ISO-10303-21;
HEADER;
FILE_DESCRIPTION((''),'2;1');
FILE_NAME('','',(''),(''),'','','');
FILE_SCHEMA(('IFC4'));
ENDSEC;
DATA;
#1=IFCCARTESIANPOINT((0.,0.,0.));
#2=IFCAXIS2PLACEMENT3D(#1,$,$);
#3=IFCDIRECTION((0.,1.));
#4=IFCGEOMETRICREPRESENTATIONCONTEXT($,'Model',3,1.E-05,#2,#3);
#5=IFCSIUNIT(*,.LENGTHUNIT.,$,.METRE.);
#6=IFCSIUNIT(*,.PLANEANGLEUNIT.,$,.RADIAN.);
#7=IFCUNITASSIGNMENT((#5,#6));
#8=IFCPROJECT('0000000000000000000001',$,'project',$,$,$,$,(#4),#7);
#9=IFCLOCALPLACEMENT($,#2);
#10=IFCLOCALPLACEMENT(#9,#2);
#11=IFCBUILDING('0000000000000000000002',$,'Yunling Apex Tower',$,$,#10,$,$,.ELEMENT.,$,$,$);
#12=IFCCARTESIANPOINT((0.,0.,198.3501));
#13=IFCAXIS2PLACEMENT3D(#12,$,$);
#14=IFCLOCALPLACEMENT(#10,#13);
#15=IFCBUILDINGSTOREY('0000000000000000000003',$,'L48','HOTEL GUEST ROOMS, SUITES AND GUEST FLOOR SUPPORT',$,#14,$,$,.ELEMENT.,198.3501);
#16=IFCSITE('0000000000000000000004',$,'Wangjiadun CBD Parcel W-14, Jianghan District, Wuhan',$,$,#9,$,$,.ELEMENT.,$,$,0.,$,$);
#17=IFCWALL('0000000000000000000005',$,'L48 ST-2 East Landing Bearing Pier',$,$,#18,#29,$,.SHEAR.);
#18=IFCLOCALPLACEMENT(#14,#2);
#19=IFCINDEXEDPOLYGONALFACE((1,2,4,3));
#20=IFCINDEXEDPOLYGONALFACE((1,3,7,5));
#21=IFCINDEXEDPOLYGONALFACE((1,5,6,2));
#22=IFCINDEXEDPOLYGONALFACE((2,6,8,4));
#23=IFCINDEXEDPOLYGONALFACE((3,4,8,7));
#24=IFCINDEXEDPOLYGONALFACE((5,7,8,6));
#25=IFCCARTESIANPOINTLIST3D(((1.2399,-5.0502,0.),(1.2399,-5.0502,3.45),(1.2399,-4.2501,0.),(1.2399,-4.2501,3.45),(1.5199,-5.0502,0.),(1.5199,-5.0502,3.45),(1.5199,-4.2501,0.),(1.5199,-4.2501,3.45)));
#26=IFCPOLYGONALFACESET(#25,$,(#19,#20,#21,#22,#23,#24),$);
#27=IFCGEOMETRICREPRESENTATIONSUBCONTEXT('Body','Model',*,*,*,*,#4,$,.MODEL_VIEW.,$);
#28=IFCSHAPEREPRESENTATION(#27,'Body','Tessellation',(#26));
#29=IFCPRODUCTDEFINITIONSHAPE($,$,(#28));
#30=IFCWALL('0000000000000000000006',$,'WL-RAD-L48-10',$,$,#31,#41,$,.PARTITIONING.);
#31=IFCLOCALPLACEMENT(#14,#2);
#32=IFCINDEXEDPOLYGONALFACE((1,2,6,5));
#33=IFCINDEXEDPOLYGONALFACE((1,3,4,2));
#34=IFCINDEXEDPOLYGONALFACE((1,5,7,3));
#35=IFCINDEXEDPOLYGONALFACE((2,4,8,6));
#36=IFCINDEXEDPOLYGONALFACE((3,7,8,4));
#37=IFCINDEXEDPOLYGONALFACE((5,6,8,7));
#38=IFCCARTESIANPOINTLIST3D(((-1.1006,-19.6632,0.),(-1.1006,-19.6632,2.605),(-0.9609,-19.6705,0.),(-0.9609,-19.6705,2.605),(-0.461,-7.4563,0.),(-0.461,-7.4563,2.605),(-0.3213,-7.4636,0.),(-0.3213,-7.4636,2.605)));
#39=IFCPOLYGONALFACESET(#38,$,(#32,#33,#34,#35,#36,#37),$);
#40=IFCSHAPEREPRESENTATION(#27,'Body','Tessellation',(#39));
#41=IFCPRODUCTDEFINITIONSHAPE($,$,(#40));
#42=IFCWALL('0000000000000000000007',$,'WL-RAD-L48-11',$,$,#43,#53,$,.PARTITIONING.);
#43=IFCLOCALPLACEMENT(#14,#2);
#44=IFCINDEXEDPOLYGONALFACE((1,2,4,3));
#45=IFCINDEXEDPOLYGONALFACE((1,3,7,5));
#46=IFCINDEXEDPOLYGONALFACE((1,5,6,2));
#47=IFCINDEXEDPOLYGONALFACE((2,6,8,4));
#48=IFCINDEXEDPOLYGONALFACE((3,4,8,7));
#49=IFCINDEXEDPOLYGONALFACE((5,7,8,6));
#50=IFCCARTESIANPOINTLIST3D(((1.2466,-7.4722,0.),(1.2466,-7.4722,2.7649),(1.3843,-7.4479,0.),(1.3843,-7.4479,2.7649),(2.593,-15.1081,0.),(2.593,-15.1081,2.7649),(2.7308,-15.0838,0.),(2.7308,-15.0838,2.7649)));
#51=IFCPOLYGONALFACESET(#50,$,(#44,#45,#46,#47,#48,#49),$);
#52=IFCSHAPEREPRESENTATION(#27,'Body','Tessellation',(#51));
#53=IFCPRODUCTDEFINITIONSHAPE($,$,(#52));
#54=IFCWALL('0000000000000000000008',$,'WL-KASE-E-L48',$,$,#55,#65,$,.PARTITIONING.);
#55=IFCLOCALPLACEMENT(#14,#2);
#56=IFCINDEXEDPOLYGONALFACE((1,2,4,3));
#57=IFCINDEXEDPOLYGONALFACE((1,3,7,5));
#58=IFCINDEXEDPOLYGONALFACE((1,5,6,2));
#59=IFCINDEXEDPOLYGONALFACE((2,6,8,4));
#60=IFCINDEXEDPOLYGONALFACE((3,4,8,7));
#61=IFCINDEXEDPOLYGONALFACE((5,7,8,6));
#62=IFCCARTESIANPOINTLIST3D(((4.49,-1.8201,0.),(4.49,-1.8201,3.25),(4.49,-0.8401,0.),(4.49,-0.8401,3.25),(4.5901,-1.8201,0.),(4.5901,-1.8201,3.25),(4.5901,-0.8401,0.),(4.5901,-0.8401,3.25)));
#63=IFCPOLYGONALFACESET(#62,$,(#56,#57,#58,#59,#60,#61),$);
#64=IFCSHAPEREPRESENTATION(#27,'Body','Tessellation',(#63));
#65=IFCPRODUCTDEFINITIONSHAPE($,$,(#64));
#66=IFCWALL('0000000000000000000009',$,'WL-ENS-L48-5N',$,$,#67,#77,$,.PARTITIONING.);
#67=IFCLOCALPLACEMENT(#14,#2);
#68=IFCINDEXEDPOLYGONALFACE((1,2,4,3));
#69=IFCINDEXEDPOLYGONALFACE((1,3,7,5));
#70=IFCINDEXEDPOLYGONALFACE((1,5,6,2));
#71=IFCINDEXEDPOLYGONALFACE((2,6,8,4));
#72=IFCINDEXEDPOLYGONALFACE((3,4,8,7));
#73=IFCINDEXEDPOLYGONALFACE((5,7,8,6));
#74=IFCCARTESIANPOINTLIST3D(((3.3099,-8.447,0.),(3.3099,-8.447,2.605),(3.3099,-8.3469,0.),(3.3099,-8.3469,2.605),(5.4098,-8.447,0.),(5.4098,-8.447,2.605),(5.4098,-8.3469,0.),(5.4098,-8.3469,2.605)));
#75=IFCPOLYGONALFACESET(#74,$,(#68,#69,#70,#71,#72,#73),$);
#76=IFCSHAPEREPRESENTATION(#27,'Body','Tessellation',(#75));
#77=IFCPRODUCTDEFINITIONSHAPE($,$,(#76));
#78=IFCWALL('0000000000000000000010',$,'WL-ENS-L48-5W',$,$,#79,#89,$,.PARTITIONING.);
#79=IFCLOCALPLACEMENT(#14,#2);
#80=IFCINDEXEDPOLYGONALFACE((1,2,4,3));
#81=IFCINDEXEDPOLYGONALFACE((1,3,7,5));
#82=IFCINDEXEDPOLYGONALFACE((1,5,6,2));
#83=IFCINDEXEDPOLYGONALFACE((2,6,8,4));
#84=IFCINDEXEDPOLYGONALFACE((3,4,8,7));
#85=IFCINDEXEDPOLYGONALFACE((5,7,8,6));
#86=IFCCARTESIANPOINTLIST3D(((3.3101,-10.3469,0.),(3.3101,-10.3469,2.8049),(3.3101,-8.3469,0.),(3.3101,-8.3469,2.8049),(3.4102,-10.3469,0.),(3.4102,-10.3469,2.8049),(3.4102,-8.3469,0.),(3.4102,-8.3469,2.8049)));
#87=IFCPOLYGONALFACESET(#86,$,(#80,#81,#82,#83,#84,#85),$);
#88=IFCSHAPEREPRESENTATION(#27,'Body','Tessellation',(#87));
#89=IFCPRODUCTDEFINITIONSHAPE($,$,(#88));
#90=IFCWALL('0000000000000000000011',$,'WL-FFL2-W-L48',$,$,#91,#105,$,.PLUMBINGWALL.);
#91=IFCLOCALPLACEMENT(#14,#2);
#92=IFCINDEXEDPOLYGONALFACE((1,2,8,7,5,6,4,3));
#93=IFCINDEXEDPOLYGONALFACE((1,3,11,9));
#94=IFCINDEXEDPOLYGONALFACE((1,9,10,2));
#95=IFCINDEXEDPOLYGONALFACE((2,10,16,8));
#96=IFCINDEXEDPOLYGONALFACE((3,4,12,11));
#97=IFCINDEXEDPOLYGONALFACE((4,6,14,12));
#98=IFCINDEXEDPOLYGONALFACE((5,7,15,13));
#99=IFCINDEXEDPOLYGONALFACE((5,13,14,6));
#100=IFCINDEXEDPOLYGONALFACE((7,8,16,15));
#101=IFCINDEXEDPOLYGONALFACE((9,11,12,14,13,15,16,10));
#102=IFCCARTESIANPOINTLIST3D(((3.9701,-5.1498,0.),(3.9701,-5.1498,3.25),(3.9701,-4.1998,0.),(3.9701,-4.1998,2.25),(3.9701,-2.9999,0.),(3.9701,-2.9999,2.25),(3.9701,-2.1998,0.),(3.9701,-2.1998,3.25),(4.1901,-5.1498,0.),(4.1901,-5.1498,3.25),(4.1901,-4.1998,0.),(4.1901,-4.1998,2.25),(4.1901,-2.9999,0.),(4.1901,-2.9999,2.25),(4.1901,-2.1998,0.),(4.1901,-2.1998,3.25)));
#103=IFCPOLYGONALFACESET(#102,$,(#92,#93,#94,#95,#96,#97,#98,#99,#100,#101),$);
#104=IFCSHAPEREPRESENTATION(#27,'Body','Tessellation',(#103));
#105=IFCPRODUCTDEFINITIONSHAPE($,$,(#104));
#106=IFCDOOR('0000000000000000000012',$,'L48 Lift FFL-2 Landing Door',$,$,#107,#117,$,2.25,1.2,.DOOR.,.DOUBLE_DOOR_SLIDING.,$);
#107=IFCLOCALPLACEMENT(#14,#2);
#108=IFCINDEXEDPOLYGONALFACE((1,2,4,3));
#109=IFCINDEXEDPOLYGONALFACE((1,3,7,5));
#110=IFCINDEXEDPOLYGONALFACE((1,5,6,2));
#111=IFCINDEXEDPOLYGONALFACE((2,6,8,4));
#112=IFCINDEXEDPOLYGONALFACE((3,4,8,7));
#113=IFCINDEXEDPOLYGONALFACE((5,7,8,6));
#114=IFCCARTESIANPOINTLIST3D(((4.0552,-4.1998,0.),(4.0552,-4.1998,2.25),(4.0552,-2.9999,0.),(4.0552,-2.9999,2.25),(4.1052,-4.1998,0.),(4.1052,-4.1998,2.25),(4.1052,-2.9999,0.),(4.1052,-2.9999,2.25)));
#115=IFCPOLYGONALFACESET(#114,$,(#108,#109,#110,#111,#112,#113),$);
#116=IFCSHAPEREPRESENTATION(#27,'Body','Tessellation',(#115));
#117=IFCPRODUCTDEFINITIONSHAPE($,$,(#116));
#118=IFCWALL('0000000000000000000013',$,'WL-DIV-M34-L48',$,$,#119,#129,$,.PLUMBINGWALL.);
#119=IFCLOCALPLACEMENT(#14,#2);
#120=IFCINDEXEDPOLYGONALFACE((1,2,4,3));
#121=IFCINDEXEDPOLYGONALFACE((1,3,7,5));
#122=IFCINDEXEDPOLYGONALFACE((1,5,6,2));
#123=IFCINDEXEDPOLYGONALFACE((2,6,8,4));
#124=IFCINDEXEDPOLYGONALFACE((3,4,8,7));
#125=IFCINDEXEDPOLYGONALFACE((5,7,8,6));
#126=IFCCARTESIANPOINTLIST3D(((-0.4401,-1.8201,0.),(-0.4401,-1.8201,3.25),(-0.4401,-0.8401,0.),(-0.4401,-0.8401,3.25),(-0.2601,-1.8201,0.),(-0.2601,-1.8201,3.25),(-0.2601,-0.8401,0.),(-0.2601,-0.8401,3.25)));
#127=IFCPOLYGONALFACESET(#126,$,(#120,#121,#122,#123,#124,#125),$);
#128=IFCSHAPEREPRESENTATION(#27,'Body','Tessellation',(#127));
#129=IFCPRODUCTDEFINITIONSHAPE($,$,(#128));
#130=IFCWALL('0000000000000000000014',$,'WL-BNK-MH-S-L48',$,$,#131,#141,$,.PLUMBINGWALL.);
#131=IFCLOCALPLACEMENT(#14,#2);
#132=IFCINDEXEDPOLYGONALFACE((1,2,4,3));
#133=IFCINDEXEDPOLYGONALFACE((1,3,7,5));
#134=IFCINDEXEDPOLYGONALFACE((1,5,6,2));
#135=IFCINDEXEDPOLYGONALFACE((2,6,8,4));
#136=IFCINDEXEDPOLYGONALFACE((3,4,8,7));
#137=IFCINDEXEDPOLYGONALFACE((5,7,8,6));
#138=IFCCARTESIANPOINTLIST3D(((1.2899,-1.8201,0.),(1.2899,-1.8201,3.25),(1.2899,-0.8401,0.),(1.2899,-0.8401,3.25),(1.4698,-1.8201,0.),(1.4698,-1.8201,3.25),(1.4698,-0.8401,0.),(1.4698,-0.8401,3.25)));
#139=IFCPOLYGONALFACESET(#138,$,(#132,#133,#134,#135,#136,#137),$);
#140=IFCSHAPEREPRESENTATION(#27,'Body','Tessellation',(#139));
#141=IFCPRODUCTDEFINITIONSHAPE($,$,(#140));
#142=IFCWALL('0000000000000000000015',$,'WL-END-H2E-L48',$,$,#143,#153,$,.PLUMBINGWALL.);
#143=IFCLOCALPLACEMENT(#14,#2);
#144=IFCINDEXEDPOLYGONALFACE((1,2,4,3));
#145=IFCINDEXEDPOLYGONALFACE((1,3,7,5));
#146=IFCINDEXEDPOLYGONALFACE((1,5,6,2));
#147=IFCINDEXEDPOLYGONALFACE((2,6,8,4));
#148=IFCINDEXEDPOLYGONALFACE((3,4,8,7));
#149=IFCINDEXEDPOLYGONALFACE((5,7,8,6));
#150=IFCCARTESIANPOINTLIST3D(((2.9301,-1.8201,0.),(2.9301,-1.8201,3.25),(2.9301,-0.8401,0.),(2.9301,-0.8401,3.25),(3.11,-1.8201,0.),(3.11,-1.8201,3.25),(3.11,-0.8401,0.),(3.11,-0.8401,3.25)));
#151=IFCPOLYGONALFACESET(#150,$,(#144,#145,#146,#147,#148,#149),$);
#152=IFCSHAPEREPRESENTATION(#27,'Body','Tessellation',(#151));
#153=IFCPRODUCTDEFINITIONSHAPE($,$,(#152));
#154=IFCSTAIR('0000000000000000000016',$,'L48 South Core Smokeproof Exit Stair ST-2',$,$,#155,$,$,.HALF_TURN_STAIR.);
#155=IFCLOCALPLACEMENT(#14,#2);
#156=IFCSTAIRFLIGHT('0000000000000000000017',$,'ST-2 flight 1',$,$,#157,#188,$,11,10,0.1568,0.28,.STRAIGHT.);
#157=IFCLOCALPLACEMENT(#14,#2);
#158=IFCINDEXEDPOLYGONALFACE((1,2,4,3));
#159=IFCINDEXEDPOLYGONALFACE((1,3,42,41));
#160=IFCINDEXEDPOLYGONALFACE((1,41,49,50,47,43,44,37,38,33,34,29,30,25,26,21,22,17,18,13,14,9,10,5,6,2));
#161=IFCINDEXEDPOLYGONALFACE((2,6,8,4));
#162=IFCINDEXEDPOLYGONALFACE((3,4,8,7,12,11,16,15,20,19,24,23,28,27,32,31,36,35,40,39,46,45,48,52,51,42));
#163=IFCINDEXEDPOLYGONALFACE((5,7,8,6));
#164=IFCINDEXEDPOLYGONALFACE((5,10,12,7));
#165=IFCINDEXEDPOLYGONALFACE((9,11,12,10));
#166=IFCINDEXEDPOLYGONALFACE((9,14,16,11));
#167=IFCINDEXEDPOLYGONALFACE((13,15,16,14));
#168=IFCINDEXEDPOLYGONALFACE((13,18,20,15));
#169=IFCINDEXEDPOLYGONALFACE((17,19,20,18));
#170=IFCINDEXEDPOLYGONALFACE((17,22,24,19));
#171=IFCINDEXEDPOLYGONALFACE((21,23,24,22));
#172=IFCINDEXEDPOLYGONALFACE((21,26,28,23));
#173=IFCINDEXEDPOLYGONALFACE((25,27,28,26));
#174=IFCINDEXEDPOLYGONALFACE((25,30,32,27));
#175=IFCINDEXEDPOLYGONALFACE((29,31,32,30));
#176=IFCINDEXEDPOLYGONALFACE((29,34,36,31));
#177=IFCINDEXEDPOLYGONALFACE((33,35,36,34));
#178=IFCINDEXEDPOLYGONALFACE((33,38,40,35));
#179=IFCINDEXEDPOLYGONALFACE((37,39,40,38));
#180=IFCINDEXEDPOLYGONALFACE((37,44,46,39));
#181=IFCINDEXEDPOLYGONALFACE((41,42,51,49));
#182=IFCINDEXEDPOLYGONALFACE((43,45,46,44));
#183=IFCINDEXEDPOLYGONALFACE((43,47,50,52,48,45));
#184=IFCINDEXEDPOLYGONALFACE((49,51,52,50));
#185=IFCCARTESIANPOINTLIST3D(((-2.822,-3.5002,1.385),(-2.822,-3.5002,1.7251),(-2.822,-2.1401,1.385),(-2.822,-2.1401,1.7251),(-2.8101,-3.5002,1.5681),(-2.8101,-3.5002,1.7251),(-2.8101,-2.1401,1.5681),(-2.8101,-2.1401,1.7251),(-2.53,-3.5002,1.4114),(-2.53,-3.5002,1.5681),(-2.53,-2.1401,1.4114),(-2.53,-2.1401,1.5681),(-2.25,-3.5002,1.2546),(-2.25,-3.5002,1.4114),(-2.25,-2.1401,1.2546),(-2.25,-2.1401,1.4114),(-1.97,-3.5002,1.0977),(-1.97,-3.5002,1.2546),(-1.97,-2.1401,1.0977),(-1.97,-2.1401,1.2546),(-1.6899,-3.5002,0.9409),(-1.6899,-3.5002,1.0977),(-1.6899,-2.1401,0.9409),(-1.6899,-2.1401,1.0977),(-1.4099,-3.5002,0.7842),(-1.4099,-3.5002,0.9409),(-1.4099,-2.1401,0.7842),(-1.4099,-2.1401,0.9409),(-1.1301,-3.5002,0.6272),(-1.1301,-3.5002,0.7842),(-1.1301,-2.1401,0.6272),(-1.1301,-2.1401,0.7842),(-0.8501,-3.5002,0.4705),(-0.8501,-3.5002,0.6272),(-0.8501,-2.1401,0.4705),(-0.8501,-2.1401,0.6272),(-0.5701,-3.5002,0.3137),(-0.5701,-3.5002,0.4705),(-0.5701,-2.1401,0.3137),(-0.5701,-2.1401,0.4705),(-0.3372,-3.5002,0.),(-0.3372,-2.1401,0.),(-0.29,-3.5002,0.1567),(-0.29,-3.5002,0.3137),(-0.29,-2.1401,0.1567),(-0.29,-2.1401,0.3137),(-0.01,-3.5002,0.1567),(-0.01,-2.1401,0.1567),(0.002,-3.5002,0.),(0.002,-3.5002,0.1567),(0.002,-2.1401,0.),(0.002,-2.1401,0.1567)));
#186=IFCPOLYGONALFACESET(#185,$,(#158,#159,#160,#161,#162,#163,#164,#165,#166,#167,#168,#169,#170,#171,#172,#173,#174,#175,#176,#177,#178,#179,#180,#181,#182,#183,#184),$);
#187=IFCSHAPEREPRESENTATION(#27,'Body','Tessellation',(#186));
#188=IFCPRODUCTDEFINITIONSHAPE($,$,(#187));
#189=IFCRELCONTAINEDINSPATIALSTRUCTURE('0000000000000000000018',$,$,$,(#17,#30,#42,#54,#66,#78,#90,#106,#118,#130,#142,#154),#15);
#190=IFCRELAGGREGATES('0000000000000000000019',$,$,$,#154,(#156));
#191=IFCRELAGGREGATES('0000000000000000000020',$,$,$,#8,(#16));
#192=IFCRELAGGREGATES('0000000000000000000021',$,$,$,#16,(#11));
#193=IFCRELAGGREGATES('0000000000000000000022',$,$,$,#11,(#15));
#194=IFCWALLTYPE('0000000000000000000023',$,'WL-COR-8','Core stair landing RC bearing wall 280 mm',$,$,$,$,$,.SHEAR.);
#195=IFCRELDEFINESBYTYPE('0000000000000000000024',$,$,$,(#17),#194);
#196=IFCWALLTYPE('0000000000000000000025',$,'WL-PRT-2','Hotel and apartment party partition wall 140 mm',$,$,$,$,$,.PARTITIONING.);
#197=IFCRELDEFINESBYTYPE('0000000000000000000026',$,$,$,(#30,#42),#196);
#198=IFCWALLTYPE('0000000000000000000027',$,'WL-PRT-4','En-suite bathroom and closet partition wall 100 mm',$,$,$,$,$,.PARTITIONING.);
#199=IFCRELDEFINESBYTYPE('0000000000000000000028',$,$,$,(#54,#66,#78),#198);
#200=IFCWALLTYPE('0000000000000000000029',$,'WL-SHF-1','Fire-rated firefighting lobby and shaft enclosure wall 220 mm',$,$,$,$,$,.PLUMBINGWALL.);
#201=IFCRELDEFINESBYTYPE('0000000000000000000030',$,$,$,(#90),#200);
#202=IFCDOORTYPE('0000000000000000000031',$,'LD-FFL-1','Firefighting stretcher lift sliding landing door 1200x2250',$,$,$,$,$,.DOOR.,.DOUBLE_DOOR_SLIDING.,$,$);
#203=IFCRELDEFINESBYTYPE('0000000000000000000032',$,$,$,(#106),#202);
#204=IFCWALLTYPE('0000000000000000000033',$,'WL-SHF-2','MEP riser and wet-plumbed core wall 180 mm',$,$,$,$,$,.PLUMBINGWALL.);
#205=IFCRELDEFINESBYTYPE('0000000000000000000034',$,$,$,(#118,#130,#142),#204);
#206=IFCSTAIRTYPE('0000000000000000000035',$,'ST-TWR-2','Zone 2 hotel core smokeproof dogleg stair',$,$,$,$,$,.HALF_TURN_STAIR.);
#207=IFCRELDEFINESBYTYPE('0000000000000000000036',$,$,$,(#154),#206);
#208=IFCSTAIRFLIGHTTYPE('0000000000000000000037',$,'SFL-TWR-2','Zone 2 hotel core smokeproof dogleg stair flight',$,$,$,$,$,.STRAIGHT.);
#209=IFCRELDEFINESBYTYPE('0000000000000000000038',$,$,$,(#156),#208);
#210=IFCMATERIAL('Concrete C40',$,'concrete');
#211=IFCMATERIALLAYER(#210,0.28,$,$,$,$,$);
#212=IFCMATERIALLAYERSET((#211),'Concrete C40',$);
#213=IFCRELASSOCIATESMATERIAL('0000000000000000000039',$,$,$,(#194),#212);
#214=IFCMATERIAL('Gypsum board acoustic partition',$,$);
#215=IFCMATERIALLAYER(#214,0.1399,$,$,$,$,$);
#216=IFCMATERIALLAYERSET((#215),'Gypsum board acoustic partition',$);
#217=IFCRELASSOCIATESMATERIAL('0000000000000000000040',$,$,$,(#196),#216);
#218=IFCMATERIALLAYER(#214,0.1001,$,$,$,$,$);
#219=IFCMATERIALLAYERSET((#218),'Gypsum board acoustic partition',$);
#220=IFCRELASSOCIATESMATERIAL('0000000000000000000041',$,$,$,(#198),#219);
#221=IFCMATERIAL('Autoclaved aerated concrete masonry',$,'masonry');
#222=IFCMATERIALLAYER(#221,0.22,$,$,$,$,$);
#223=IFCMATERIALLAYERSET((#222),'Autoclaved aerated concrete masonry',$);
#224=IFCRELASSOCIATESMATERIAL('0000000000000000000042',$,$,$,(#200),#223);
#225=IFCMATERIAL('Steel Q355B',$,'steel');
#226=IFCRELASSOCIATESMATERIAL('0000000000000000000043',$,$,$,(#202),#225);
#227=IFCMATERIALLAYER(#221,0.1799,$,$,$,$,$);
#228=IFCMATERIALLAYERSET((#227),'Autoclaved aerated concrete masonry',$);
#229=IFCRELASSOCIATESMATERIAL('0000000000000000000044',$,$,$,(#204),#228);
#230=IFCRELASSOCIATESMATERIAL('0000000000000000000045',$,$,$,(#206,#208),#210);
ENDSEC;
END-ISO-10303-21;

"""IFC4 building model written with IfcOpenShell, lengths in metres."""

from ifc_helpers import new_model, si_unit, direction, frame, frame_2d, origin, place, context, subcontext, project, spatial, polyline, rectangle, outline, extrude, material, layer, layer_set, type_object, element, fill, aggregate, save


model = new_model("IFC4")

# Units and contexts
model_context = context("Model", 3, precision=1e-05, world=origin(), true_north=direction((0.0, 1.0)))
body_context = subcontext(model_context, "Body", "Model", "MODEL_VIEW")
ifc_project = project(units=[si_unit("LENGTHUNIT", "METRE"), si_unit("PLANEANGLEUNIT", "RADIAN")], contexts=[model_context])

# Site, building, storey
site_placement = place(None, origin())
site = spatial("IfcSite", under=ifc_project, at=site_placement, Name="Wangjiadun CBD Parcel W-14, Jianghan District, Wuhan", CompositionType="ELEMENT", RefElevation=0.0)
building_placement = place(site_placement, origin())
building = spatial("IfcBuilding", under=site, at=building_placement, Name="Yunling Apex Tower", CompositionType="ELEMENT")
storey_placement = place(building_placement, frame((0.0, 0.0, 198.3501)))
storey = spatial("IfcBuildingStorey", under=building, at=storey_placement, Name="L48", Description="HOTEL GUEST ROOMS, SUITES AND GUEST FLOOR SUPPORT", CompositionType="ELEMENT", Elevation=198.3501)

# Walls
ifc_material_1 = material(Name="Concrete C40", Category="concrete")
ifc_layer_1 = layer(ifc_material_1, 0.28)
ifc_layer_set_1 = layer_set([ifc_layer_1], Name="Concrete C40")
wall_type_1 = type_object("IfcWallType", Name="WL-COR-8", Description="Core stair landing RC bearing wall 280 mm", PredefinedType="SHEAR", material=ifc_layer_set_1)
wall_1_placement = place(storey_placement, frame((1.3799, -5.05, 0.0), z_axis=(0.0, 0.0, 1.0), x_axis=(0.0, 1.0, 0.0)))
element("IfcWall", 1, at=wall_1_placement, inside=storey, type_object=wall_type_1, Name="L48 ST-2 East Landing Bearing Pier", PredefinedType="SHEAR", context=body_context, shape_type="SweptSolid", body=[
    extrude(rectangle(XDim=0.8, YDim=0.28, at=frame_2d((0.3999, 0.0))), origin(), (0.0, 0.0, 1.0), 3.45),
])
ifc_material_2 = material(Name="Gypsum board acoustic partition")
ifc_layer_2 = layer(ifc_material_2, 0.1399)
ifc_layer_set_2 = layer_set([ifc_layer_2], Name="Gypsum board acoustic partition")
wall_type_2 = type_object("IfcWallType", Name="WL-PRT-2", Description="Hotel and apartment party partition wall 140 mm", PredefinedType="PARTITIONING", material=ifc_layer_set_2)
wall_2_placement = place(storey_placement, frame((-0.3911, -7.46, 0.0), z_axis=(0.0, 0.0, 1.0), x_axis=(-0.052329, -0.99863, 0.0)))
element("IfcWall", 2, at=wall_2_placement, inside=storey, type_object=wall_type_2, Name="WL-RAD-L48-10", PredefinedType="PARTITIONING", context=body_context, shape_type="SweptSolid", body=[
    extrude(rectangle(XDim=12.2236, YDim=0.1399, at=frame_2d((6.1118, 0.0))), origin(), (0.0, 0.0, 1.0), 2.605),
])
wall_3_placement = place(storey_placement, frame((1.3154, -7.46, 0.0), z_axis=(0.0, 0.0, 1.0), x_axis=(0.173654, -0.984807, 0.0)))
element("IfcWall", 3, at=wall_3_placement, inside=storey, type_object=wall_type_2, Name="WL-RAD-L48-11", PredefinedType="PARTITIONING", context=body_context, shape_type="SweptSolid", body=[
    extrude(rectangle(XDim=7.7537, YDim=0.1399, at=frame_2d((3.877, 0.0))), origin(), (0.0, 0.0, 1.0), 2.7649),
])
ifc_layer_3 = layer(ifc_material_2, 0.1001)
ifc_layer_set_3 = layer_set([ifc_layer_3], Name="Gypsum board acoustic partition")
wall_type_3 = type_object("IfcWallType", Name="WL-PRT-4", Description="En-suite bathroom and closet partition wall 100 mm", PredefinedType="PARTITIONING", material=ifc_layer_set_3)
wall_4_placement = place(storey_placement, frame((4.54, -1.8201, 0.0), z_axis=(0.0, 0.0, 1.0), x_axis=(0.0, 1.0, 0.0)))
element("IfcWall", 4, at=wall_4_placement, inside=storey, type_object=wall_type_3, Name="WL-KASE-E-L48", PredefinedType="PARTITIONING", context=body_context, shape_type="SweptSolid", body=[
    extrude(rectangle(XDim=0.98, YDim=0.1001, at=frame_2d((0.49, 0.0))), origin(), (0.0, 0.0, 1.0), 3.25),
])
wall_5_placement = place(storey_placement, frame((3.3101, -8.397, 0.0), z_axis=(0.0, 0.0, 1.0), x_axis=(1.0, 0.0, 0.0)))
element("IfcWall", 5, at=wall_5_placement, inside=storey, type_object=wall_type_3, Name="WL-ENS-L48-5N", PredefinedType="PARTITIONING", context=body_context, shape_type="SweptSolid", body=[
    extrude(rectangle(XDim=2.0999, YDim=0.1001, at=frame_2d((1.0498, 0.0))), origin(), (0.0, 0.0, 1.0), 2.605),
])
wall_6_placement = place(storey_placement, frame((3.3601, -10.3469, 0.0), z_axis=(0.0, 0.0, 1.0), x_axis=(0.0, 1.0, 0.0)))
element("IfcWall", 6, at=wall_6_placement, inside=storey, type_object=wall_type_3, Name="WL-ENS-L48-5W", PredefinedType="PARTITIONING", context=body_context, shape_type="SweptSolid", body=[
    extrude(rectangle(XDim=2.0, YDim=0.1001, at=frame_2d((1.0, 0.0))), origin(), (0.0, 0.0, 1.0), 2.8049),
])

# Wall, opening, door
ifc_material_3 = material(Name="Autoclaved aerated concrete masonry", Category="masonry")
ifc_layer_4 = layer(ifc_material_3, 0.22)
ifc_layer_set_4 = layer_set([ifc_layer_4], Name="Autoclaved aerated concrete masonry")
wall_type_4 = type_object("IfcWallType", Name="WL-SHF-1", Description="Fire-rated firefighting lobby and shaft enclosure wall 220 mm", PredefinedType="PLUMBINGWALL", material=ifc_layer_set_4)
ifc_material_4 = material(Name="Steel Q355B", Category="steel")
wall_7_placement = place(storey_placement, frame((4.0801, -5.1499, 0.0), z_axis=(0.0, 0.0, 1.0), x_axis=(0.0, 1.0, 0.0)))
wall_7 = element("IfcWall", 7, at=wall_7_placement, inside=storey, type_object=wall_type_4, Name="WL-FFL2-W-L48", PredefinedType="PLUMBINGWALL", context=body_context, shape_type="SweptSolid", body=[
    extrude(rectangle(XDim=2.95, YDim=0.22, at=frame_2d((1.4751, 0.0))), origin(), (0.0, 0.0, 1.0), 3.25),
])
opening_1_placement = place(wall_7_placement, frame((0.95, 0.0, 0.0)))
opening_1 = element("IfcOpeningElement", 8, at=opening_1_placement, cuts=wall_7, PredefinedType="OPENING", context=body_context, shape_type="SweptSolid", body=[
    extrude(rectangle(XDim=1.2, YDim=2.25, at=frame_2d((0.6001, 1.125))), frame((0.0, 0.1201, 0.0), z_axis=(0.0, -1.0, 0.0), x_axis=(1.0, 0.0, 0.0)), (0.0, 0.0, 1.0), 0.24),
])
door_type_1 = type_object("IfcDoorType", Name="LD-FFL-1", Description="Firefighting stretcher lift sliding landing door 1200x2250", OperationType="DOUBLE_DOOR_SLIDING", PredefinedType="DOOR", material=ifc_material_4)
door_1_placement = place(opening_1_placement, origin())
door_1 = element("IfcDoor", 9, at=door_1_placement, inside=storey, type_object=door_type_1, Name="L48 Lift FFL-2 Landing Door", OperationType="DOUBLE_DOOR_SLIDING", OverallHeight=2.25, OverallWidth=1.2, PredefinedType="DOOR", context=body_context, shape_type="SweptSolid", body=[
    extrude(rectangle(XDim=1.2, YDim=2.25, at=frame_2d((0.6001, 1.125))), frame((0.0, 0.0249, 0.0), z_axis=(0.0, -1.0, 0.0), x_axis=(1.0, 0.0, 0.0)), (0.0, 0.0, 1.0), 0.05),
])
fill(opening_1, door_1)

# Walls
ifc_layer_5 = layer(ifc_material_3, 0.1799)
ifc_layer_set_5 = layer_set([ifc_layer_5], Name="Autoclaved aerated concrete masonry")
wall_type_5 = type_object("IfcWallType", Name="WL-SHF-2", Description="MEP riser and wet-plumbed core wall 180 mm", PredefinedType="PLUMBINGWALL", material=ifc_layer_set_5)
for number, where, z_axis, x_axis, name in (
    (10, (-0.3501, -1.8201, 0.0), (0.0, 0.0, 1.0), (0.0, 1.0, 0.0), "WL-DIV-M34-L48"),
    (11, (1.3799, -1.8201, 0.0), (0.0, 0.0, 1.0), (0.0, 1.0, 0.0), "WL-BNK-MH-S-L48"),
    (12, (3.02, -1.8201, 0.0), (0.0, 0.0, 1.0), (0.0, 1.0, 0.0), "WL-END-H2E-L48"),
):
    element("IfcWall", number, at=place(storey_placement, frame(where, z_axis=z_axis, x_axis=x_axis)), inside=storey, type_object=wall_type_5, Name=name, PredefinedType="PLUMBINGWALL", context=body_context, shape_type="SweptSolid", body=[
        extrude(rectangle(XDim=0.98, YDim=0.1799, at=frame_2d((0.49, 0.0))), origin(), (0.0, 0.0, 1.0), 3.25),
    ])

# Stair, stair flight
stair_type = type_object("IfcStairType", Name="ST-TWR-2", Description="Zone 2 hotel core smokeproof dogleg stair", PredefinedType="HALF_TURN_STAIR", material=ifc_material_1)
stair_placement = place(storey_placement, origin())
stair = element("IfcStair", 13, at=stair_placement, inside=storey, type_object=stair_type, Name="L48 South Core Smokeproof Exit Stair ST-2", PredefinedType="HALF_TURN_STAIR")
stair_flight_type = type_object("IfcStairFlightType", Name="SFL-TWR-2", Description="Zone 2 hotel core smokeproof dogleg stair flight", PredefinedType="STRAIGHT", material=ifc_material_1)
stair_flight_placement = place(storey_placement, frame((-0.01, -2.8201, 0.0), z_axis=(0.0, 0.0, 1.0), x_axis=(-1.0, 0.0, 0.0)))
stair_flight = element("IfcStairFlight", 14, at=stair_flight_placement, type_object=stair_flight_type, Name="ST-2 flight 1", NumberOfRisers=11, NumberOfTreads=10, PredefinedType="STRAIGHT", RiserHeight=0.1568, TreadLength=0.28, context=body_context, shape_type="SweptSolid", body=[
    extrude(outline(polyline([(-0.012, 0.0), (-0.012, 0.1567), (0.0, 0.1567), (0.28, 0.1567), (0.28, 0.3137), (0.5601, 0.3137), (0.5601, 0.4705), (0.8401, 0.4705), (0.8401, 0.6272), (1.1201, 0.6272), (1.1201, 0.7842), (1.3999, 0.7842), (1.3999, 0.9409), (1.6799, 0.9409), (1.6799, 1.0977), (1.96, 1.0977), (1.96, 1.2546), (2.24, 1.2546), (2.24, 1.4114), (2.52, 1.4114), (2.52, 1.5681), (2.8, 1.5681), (2.8, 1.7251), (2.812, 1.7251), (2.812, 1.385), (0.3271, 0.0), (-0.012, 0.0)])), frame((0.0, 0.6802, 0.0), z_axis=(0.0, -1.0, 0.0), x_axis=(1.0, 0.0, 0.0)), (0.0, 0.0, 1.0), 1.3601),
])
aggregate(stair, [stair_flight])

save(model, "model.ifc")
